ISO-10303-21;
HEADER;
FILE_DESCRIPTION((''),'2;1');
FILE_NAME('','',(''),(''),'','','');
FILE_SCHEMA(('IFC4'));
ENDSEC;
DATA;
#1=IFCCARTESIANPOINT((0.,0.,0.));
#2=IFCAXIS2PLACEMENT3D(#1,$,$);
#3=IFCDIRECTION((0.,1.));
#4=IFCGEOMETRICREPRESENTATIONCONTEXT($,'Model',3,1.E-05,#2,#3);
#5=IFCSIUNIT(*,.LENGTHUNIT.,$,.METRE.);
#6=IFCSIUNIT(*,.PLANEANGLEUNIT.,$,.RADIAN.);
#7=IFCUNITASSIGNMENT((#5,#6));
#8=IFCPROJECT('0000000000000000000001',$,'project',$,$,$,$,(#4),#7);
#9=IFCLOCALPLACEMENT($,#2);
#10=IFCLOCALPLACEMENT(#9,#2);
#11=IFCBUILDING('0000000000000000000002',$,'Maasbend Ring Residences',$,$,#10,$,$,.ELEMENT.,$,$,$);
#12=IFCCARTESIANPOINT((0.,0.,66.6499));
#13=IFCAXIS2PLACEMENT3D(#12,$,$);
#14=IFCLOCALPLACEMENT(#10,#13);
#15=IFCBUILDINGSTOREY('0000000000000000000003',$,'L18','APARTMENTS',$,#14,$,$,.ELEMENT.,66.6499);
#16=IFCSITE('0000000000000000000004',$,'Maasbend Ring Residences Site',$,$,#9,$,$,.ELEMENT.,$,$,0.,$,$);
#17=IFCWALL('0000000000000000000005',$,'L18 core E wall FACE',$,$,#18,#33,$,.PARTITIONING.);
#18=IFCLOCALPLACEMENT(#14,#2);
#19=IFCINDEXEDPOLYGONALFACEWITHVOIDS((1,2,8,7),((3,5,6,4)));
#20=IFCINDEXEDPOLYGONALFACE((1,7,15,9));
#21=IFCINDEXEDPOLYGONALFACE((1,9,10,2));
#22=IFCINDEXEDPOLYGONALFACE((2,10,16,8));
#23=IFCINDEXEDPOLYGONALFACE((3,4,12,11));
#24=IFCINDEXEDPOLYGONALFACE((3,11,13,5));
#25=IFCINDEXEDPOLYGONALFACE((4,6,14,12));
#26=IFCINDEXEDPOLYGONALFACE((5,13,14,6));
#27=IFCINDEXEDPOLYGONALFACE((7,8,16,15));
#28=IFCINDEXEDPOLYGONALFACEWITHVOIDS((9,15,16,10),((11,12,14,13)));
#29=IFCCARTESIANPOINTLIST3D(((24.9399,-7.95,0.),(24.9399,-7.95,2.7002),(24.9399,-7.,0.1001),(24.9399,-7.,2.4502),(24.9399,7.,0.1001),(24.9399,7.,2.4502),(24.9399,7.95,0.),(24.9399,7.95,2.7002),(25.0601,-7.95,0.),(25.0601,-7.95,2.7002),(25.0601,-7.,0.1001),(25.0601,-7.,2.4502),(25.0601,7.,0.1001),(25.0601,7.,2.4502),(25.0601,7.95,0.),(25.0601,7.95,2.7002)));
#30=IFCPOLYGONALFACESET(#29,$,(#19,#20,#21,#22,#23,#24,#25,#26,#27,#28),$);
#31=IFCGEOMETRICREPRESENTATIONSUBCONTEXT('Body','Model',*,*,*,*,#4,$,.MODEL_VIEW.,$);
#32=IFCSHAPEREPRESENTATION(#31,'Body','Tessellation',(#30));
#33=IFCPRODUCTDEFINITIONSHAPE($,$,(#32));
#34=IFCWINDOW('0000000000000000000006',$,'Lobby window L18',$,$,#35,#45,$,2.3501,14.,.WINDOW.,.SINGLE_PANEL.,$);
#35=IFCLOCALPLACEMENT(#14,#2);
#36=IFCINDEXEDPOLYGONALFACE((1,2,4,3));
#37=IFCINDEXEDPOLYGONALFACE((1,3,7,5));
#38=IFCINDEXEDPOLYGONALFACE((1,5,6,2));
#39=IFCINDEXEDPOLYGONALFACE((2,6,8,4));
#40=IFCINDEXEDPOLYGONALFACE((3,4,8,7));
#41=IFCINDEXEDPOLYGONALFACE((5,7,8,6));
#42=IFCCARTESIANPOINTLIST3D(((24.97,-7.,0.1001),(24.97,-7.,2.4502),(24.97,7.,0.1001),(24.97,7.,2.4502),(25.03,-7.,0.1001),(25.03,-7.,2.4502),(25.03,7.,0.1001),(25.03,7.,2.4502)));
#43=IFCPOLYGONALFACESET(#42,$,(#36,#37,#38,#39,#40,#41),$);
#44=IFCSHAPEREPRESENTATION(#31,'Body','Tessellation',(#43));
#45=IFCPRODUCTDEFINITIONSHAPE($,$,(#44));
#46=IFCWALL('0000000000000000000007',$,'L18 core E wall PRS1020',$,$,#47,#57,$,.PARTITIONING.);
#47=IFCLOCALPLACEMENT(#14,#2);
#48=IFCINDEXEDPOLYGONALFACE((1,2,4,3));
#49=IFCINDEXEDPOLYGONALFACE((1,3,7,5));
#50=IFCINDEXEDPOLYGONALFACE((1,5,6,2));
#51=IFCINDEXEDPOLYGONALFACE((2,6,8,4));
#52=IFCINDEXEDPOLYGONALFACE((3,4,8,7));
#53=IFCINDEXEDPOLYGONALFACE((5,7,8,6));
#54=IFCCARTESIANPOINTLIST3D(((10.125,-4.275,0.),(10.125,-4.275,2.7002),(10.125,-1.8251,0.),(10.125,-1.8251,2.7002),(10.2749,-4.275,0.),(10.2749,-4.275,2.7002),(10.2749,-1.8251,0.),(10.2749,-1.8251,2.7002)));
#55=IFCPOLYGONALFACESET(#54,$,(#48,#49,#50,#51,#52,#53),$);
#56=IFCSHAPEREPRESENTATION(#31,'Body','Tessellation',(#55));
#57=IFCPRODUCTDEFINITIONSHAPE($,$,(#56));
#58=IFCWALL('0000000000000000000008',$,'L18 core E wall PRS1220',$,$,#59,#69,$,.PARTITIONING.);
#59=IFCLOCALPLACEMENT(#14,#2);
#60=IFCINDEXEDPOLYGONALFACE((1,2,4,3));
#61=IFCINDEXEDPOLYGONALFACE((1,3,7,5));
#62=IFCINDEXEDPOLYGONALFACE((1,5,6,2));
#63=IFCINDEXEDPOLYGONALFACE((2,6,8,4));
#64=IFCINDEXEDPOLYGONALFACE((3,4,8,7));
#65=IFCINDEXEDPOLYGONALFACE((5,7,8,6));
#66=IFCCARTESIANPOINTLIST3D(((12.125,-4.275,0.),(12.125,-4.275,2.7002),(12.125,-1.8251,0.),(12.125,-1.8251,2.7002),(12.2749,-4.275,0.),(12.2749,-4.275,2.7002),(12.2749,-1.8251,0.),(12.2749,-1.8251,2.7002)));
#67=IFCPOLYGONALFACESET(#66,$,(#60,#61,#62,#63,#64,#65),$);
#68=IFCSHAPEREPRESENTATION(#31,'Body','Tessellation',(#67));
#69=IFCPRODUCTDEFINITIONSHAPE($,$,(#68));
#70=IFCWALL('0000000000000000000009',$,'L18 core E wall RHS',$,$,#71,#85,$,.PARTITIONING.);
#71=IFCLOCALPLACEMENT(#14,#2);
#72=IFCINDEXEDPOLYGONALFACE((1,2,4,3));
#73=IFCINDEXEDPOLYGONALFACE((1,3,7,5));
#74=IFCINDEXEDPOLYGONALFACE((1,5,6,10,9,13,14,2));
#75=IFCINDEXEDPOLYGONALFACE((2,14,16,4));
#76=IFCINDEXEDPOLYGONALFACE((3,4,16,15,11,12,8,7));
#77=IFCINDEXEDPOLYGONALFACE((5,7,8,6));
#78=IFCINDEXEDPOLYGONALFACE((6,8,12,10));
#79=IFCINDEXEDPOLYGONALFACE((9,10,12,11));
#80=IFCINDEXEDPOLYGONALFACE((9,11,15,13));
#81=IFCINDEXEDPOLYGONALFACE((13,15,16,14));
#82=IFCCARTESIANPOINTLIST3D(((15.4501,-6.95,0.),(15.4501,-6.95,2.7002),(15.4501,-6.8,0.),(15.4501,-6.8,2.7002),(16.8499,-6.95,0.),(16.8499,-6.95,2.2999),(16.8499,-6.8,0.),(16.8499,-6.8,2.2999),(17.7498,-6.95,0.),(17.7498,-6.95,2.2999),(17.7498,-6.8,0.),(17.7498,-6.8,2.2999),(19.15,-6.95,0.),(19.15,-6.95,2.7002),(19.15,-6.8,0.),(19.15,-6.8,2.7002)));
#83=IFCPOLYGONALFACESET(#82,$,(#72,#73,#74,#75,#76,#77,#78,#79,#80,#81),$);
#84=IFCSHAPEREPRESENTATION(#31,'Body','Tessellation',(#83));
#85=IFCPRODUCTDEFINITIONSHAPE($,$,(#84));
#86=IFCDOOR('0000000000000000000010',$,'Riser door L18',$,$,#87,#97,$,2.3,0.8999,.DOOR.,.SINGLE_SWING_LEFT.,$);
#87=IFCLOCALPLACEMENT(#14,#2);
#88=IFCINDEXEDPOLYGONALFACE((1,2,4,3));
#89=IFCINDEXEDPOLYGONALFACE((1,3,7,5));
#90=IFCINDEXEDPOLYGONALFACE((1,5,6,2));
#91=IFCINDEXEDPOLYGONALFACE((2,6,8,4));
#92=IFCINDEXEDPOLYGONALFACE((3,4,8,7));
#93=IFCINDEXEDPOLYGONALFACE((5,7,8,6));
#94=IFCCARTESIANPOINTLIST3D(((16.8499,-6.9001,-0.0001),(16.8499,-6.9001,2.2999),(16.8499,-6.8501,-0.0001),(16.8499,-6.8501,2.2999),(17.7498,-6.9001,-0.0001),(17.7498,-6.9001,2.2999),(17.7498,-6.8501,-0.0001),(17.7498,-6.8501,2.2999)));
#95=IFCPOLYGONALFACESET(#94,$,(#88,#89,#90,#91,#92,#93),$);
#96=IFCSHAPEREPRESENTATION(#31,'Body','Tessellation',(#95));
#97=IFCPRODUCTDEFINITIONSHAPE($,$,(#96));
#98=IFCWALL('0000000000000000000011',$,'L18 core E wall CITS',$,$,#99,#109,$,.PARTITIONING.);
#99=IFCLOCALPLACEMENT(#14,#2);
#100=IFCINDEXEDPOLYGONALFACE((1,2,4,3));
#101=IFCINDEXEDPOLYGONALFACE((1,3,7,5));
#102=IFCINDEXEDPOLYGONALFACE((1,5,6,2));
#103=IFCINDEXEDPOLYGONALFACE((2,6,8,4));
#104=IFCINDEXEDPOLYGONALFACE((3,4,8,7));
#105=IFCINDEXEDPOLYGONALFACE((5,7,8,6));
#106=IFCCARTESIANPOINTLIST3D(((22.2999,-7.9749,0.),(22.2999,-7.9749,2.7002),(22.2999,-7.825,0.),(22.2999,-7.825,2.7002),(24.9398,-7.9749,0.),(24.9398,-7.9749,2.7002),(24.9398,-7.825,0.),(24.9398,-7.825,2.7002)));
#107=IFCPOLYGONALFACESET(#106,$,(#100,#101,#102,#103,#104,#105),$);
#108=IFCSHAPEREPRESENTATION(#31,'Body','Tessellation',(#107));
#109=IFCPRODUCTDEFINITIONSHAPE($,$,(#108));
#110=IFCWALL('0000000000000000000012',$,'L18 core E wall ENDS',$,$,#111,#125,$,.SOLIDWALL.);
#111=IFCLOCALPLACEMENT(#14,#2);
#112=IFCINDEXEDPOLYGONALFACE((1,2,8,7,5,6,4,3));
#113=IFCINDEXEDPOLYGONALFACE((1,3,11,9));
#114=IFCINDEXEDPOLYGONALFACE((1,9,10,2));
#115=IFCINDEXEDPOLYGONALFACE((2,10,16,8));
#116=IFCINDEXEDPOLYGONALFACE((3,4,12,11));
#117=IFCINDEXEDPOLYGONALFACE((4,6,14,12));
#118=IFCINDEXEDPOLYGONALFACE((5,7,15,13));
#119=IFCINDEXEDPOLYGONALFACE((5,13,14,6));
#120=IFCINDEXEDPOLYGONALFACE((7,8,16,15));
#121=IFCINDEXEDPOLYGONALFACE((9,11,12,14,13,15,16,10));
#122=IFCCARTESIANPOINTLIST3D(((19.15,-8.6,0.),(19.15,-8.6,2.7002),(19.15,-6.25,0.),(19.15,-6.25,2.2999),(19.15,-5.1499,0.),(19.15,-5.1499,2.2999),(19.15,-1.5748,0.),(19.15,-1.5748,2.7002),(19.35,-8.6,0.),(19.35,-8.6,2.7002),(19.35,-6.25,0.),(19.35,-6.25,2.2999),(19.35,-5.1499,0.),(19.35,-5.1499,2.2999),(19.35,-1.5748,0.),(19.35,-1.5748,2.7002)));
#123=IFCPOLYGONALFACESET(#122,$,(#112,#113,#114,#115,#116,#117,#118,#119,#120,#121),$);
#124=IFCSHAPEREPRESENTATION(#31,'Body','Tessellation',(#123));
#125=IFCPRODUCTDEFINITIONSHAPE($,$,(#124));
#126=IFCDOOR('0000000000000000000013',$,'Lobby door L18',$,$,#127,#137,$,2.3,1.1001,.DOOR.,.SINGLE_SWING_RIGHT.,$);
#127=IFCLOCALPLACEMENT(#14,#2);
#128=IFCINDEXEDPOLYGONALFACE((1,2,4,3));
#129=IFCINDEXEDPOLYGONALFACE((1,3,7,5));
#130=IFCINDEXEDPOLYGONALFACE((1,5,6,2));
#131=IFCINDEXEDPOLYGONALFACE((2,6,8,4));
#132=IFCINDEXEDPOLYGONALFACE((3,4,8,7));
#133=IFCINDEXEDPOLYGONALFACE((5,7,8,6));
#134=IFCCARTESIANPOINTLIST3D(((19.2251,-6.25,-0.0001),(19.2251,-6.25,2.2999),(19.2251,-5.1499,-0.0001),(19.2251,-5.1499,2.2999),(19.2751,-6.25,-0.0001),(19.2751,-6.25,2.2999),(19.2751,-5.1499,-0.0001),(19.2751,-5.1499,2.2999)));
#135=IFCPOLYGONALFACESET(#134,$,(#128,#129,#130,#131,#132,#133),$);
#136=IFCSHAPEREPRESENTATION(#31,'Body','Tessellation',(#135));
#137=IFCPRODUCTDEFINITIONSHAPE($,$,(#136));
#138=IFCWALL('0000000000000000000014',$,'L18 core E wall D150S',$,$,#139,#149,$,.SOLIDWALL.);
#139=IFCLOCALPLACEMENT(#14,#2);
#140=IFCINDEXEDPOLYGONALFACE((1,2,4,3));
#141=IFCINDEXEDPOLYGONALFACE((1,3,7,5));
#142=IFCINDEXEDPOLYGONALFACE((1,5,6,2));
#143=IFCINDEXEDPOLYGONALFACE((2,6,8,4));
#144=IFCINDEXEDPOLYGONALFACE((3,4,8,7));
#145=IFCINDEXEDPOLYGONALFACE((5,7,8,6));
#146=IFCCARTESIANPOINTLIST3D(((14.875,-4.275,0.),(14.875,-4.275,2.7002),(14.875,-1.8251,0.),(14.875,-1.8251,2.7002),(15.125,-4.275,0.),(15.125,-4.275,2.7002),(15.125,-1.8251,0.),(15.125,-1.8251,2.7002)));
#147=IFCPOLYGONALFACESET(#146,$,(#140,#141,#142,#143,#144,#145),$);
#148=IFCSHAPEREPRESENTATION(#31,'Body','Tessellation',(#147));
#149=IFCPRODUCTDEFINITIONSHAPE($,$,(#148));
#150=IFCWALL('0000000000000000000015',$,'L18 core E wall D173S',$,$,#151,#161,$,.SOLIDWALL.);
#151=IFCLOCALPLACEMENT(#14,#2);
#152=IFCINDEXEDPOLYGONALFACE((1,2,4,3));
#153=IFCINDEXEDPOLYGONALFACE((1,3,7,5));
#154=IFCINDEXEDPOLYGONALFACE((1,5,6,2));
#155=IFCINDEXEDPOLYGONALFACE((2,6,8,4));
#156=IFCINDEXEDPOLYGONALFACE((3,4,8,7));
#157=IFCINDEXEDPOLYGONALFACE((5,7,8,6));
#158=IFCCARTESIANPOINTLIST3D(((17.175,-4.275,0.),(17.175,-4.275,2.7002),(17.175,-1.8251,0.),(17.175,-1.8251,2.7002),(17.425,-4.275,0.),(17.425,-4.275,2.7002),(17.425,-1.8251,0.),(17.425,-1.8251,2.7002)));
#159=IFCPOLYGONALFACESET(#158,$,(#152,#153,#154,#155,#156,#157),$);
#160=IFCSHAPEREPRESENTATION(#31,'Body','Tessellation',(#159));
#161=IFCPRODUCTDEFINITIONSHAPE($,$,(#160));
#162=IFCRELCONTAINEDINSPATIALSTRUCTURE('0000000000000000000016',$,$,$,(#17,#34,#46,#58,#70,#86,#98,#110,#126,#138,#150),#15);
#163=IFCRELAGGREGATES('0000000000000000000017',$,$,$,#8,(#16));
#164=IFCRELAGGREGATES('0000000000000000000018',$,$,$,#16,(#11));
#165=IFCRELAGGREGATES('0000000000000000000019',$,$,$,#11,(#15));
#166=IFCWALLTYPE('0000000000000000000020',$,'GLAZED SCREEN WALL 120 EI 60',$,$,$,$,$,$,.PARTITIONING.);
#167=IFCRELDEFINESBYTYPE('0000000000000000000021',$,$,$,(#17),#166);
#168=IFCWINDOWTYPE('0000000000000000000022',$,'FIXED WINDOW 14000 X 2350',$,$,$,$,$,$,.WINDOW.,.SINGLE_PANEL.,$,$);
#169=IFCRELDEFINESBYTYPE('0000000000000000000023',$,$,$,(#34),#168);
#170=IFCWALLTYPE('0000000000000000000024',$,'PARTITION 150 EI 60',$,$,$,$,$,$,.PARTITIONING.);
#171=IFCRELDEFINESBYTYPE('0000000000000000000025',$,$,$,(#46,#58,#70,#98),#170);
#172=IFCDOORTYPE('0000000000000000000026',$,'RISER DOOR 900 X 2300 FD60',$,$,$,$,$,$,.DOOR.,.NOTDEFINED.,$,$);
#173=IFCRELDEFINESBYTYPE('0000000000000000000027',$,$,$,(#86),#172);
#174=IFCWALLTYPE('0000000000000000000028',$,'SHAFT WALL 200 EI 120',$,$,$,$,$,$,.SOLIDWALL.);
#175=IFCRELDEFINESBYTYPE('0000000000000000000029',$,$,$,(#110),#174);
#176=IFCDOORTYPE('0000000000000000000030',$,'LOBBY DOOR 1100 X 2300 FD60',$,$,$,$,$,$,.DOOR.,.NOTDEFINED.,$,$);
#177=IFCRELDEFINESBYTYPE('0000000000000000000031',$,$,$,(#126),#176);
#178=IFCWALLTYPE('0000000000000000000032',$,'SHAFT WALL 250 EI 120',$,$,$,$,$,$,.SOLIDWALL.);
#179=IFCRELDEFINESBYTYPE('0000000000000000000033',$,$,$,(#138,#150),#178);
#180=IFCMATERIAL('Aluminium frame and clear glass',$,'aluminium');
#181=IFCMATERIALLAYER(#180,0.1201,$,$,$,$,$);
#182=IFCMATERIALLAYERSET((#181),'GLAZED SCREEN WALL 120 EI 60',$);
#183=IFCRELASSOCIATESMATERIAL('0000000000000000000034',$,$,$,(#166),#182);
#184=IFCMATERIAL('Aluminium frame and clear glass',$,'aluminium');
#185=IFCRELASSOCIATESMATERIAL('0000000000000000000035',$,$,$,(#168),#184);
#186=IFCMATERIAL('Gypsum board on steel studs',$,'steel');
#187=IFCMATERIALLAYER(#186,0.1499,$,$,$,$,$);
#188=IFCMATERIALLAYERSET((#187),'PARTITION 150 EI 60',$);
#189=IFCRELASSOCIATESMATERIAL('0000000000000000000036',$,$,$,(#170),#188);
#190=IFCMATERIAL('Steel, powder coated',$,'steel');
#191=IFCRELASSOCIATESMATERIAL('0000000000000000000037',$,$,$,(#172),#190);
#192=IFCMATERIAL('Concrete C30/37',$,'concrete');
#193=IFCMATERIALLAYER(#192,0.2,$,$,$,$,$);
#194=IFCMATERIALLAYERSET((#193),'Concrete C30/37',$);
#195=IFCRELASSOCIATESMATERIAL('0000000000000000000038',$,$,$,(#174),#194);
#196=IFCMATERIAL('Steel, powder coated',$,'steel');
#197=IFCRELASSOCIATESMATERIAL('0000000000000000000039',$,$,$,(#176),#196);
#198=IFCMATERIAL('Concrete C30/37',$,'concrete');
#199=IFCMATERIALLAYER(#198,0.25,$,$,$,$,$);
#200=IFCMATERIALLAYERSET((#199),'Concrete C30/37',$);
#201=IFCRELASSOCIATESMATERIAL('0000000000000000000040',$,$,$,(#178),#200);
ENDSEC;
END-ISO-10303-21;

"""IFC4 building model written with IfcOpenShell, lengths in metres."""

from ifc_helpers import new_model, si_unit, direction, frame, frame_2d, origin, place, context, subcontext, project, spatial, rectangle, extrude, material, layer, layer_set, type_object, element, fill, save


model = new_model("IFC4")

# Units and contexts
model_context = context("Model", 3, precision=1e-05, world=origin(), true_north=direction((0.0, 1.0)))
body_context = subcontext(model_context, "Body", "Model", "MODEL_VIEW")
ifc_project = project(units=[si_unit("LENGTHUNIT", "METRE"), si_unit("PLANEANGLEUNIT", "RADIAN")], contexts=[model_context])

# Site, building, storey
site_placement = place(None, origin())
site = spatial("IfcSite", under=ifc_project, at=site_placement, Name="Maasbend Ring Residences Site", CompositionType="ELEMENT", RefElevation=0.0)
building_placement = place(site_placement, origin())
building = spatial("IfcBuilding", under=site, at=building_placement, Name="Maasbend Ring Residences", CompositionType="ELEMENT")
storey_placement = place(building_placement, frame((0.0, 0.0, 66.6499)))
storey = spatial("IfcBuildingStorey", under=building, at=storey_placement, Name="L18", Description="APARTMENTS", CompositionType="ELEMENT", Elevation=66.6499)

# Wall, opening, window
ifc_material_1 = material(Name="Aluminium frame and clear glass", Category="aluminium")
ifc_layer_1 = layer(ifc_material_1, 0.1201)
ifc_layer_set_1 = layer_set([ifc_layer_1], Name="GLAZED SCREEN WALL 120 EI 60")
wall_type_1 = type_object("IfcWallType", Name="GLAZED SCREEN WALL 120 EI 60", PredefinedType="PARTITIONING", material=ifc_layer_set_1)
wall_1_placement = place(storey_placement, frame((25.0, -7.95, 0.0), z_axis=(0.0, 0.0, 1.0), x_axis=(0.0, 1.0, 0.0)))
wall_1 = element("IfcWall", 1, at=wall_1_placement, inside=storey, type_object=wall_type_1, Name="L18 core E wall FACE", PredefinedType="PARTITIONING", context=body_context, shape_type="SweptSolid", body=[
    extrude(rectangle(XDim=15.8999, YDim=0.1201, at=frame_2d((7.95, 0.0))), origin(), (0.0, 0.0, 1.0), 2.7002),
])
opening_1_placement = place(wall_1_placement, frame((0.95, 0.0, 0.1001)))
opening_1 = element("IfcOpeningElement", 2, at=opening_1_placement, cuts=wall_1, PredefinedType="OPENING", context=body_context, shape_type="SweptSolid", body=[
    extrude(rectangle(XDim=14.0, YDim=2.3501, at=frame_2d((7.0, 1.175))), frame((0.0, 0.0701, 0.0), z_axis=(0.0, -1.0, 0.0), x_axis=(1.0, 0.0, 0.0)), (0.0, 0.0, 1.0), 0.1401),
])
ifc_material_2 = material(Name="Aluminium frame and clear glass", Category="aluminium")
window_type = type_object("IfcWindowType", Name="FIXED WINDOW 14000 X 2350", PartitioningType="SINGLE_PANEL", PredefinedType="WINDOW", material=ifc_material_2)
window_placement = place(opening_1_placement, origin())
window = element("IfcWindow", 3, at=window_placement, inside=storey, type_object=window_type, Name="Lobby window L18", OverallHeight=2.3501, OverallWidth=14.0, PartitioningType="SINGLE_PANEL", PredefinedType="WINDOW", context=body_context, shape_type="SweptSolid", body=[
    extrude(rectangle(XDim=14.0, YDim=2.3501, at=frame_2d((7.0, 1.175))), frame((0.0, 0.03, 0.0), z_axis=(0.0, -1.0, 0.0), x_axis=(1.0, 0.0, 0.0)), (0.0, 0.0, 1.0), 0.0601),
])
fill(opening_1, window)

# Walls
ifc_material_3 = material(Name="Gypsum board on steel studs", Category="steel")
ifc_layer_2 = layer(ifc_material_3, 0.1499)
ifc_layer_set_2 = layer_set([ifc_layer_2], Name="PARTITION 150 EI 60")
wall_type_2 = type_object("IfcWallType", Name="PARTITION 150 EI 60", PredefinedType="PARTITIONING", material=ifc_layer_set_2)
for number, where, z_axis, x_axis, name in (
    (4, (10.2, -1.825, 0.0), (0.0, 0.0, 1.0), (0.0, -1.0, 0.0), "L18 core E wall PRS1020"),
    (5, (12.2, -1.825, 0.0), (0.0, 0.0, 1.0), (0.0, -1.0, 0.0), "L18 core E wall PRS1220"),
):
    element("IfcWall", number, at=place(storey_placement, frame(where, z_axis=z_axis, x_axis=x_axis)), inside=storey, type_object=wall_type_2, Name=name, PredefinedType="PARTITIONING", context=body_context, shape_type="SweptSolid", body=[
        extrude(rectangle(XDim=2.45, YDim=0.1499, at=frame_2d((1.2251, 0.0))), origin(), (0.0, 0.0, 1.0), 2.7002),
    ])

# Wall, opening, door
wall_2_placement = place(storey_placement, frame((15.45, -6.875, 0.0), z_axis=(0.0, 0.0, 1.0), x_axis=(1.0, 0.0, 0.0)))
wall_2 = element("IfcWall", 6, at=wall_2_placement, inside=storey, type_object=wall_type_2, Name="L18 core E wall RHS", PredefinedType="PARTITIONING", context=body_context, shape_type="SweptSolid", body=[
    extrude(rectangle(XDim=3.7, YDim=0.1499, at=frame_2d((1.8501, 0.0))), origin(), (0.0, 0.0, 1.0), 2.7002),
])
opening_2_placement = place(wall_2_placement, frame((1.3999, 0.0, 0.0)))
opening_2 = element("IfcOpeningElement", 7, at=opening_2_placement, cuts=wall_2, PredefinedType="OPENING", context=body_context, shape_type="SweptSolid", body=[
    extrude(rectangle(XDim=0.8999, YDim=2.3, at=frame_2d((0.45, 1.1499))), frame((0.0, 0.085, 0.0), z_axis=(0.0, -1.0, 0.0), x_axis=(1.0, 0.0, 0.0)), (0.0, 0.0, 1.0), 0.1699),
])
ifc_material_4 = material(Name="Steel, powder coated", Category="steel")
door_type_1 = type_object("IfcDoorType", Name="RISER DOOR 900 X 2300 FD60", OperationType="NOTDEFINED", PredefinedType="DOOR", material=ifc_material_4)
door_1_placement = place(opening_2_placement, origin())
door_1 = element("IfcDoor", 8, at=door_1_placement, inside=storey, type_object=door_type_1, Name="Riser door L18", OperationType="SINGLE_SWING_LEFT", OverallHeight=2.3, OverallWidth=0.8999, PredefinedType="DOOR", context=body_context, shape_type="SweptSolid", body=[
    extrude(rectangle(XDim=0.8999, YDim=2.3, at=frame_2d((0.45, 1.1499))), frame((0.0, 0.0249, 0.0), z_axis=(0.0, -1.0, 0.0), x_axis=(1.0, 0.0, 0.0)), (0.0, 0.0, 1.0), 0.05),
])
fill(opening_2, door_1)

# Wall
wall_3_placement = place(storey_placement, frame((22.3, -7.8999, 0.0), z_axis=(0.0, 0.0, 1.0), x_axis=(1.0, 0.0, 0.0)))
element("IfcWall", 9, at=wall_3_placement, inside=storey, type_object=wall_type_2, Name="L18 core E wall CITS", PredefinedType="PARTITIONING", context=body_context, shape_type="SweptSolid", body=[
    extrude(rectangle(XDim=2.6399, YDim=0.1499, at=frame_2d((1.3198, 0.0))), origin(), (0.0, 0.0, 1.0), 2.7002),
])

# Wall, opening, door
ifc_material_5 = material(Name="Concrete C30/37", Category="concrete")
ifc_layer_3 = layer(ifc_material_5, 0.2)
ifc_layer_set_3 = layer_set([ifc_layer_3], Name="Concrete C30/37")
wall_type_3 = type_object("IfcWallType", Name="SHAFT WALL 200 EI 120", PredefinedType="SOLIDWALL", material=ifc_layer_set_3)
wall_4_placement = place(storey_placement, frame((19.25, -8.6001, 0.0), z_axis=(0.0, 0.0, 1.0), x_axis=(0.0, 1.0, 0.0)))
wall_4 = element("IfcWall", 10, at=wall_4_placement, inside=storey, type_object=wall_type_3, Name="L18 core E wall ENDS", PredefinedType="SOLIDWALL", context=body_context, shape_type="SweptSolid", body=[
    extrude(rectangle(XDim=7.0251, YDim=0.2, at=frame_2d((3.5127, 0.0))), origin(), (0.0, 0.0, 1.0), 2.7002),
])
opening_3_placement = place(wall_4_placement, frame((2.3501, 0.0, 0.0)))
opening_3 = element("IfcOpeningElement", 11, at=opening_3_placement, cuts=wall_4, PredefinedType="OPENING", context=body_context, shape_type="SweptSolid", body=[
    extrude(rectangle(XDim=1.1001, YDim=2.3, at=frame_2d((0.55, 1.1499))), frame((0.0, 0.1099, 0.0), z_axis=(0.0, -1.0, 0.0), x_axis=(1.0, 0.0, 0.0)), (0.0, 0.0, 1.0), 0.22),
])
ifc_material_6 = material(Name="Steel, powder coated", Category="steel")
door_type_2 = type_object("IfcDoorType", Name="LOBBY DOOR 1100 X 2300 FD60", OperationType="NOTDEFINED", PredefinedType="DOOR", material=ifc_material_6)
door_2_placement = place(opening_3_placement, origin())
door_2 = element("IfcDoor", 12, at=door_2_placement, inside=storey, type_object=door_type_2, Name="Lobby door L18", OperationType="SINGLE_SWING_RIGHT", OverallHeight=2.3, OverallWidth=1.1001, PredefinedType="DOOR", context=body_context, shape_type="SweptSolid", body=[
    extrude(rectangle(XDim=1.1001, YDim=2.3, at=frame_2d((0.55, 1.1499))), frame((0.0, 0.0249, 0.0), z_axis=(0.0, -1.0, 0.0), x_axis=(1.0, 0.0, 0.0)), (0.0, 0.0, 1.0), 0.05),
])
fill(opening_3, door_2)

# Walls
ifc_material_7 = material(Name="Concrete C30/37", Category="concrete")
ifc_layer_4 = layer(ifc_material_7, 0.25)
ifc_layer_set_4 = layer_set([ifc_layer_4], Name="Concrete C30/37")
wall_type_4 = type_object("IfcWallType", Name="SHAFT WALL 250 EI 120", PredefinedType="SOLIDWALL", material=ifc_layer_set_4)
for number, where, z_axis, x_axis, name in (
    (13, (15.0, -1.825, 0.0), (0.0, 0.0, 1.0), (0.0, -1.0, 0.0), "L18 core E wall D150S"),
    (14, (17.3, -1.825, 0.0), (0.0, 0.0, 1.0), (0.0, -1.0, 0.0), "L18 core E wall D173S"),
):
    element("IfcWall", number, at=place(storey_placement, frame(where, z_axis=z_axis, x_axis=x_axis)), inside=storey, type_object=wall_type_4, Name=name, PredefinedType="SOLIDWALL", context=body_context, shape_type="SweptSolid", body=[
        extrude(rectangle(XDim=2.45, YDim=0.25, at=frame_2d((1.2251, 0.0))), origin(), (0.0, 0.0, 1.0), 2.7002),
    ])

save(model, "model.ifc")
